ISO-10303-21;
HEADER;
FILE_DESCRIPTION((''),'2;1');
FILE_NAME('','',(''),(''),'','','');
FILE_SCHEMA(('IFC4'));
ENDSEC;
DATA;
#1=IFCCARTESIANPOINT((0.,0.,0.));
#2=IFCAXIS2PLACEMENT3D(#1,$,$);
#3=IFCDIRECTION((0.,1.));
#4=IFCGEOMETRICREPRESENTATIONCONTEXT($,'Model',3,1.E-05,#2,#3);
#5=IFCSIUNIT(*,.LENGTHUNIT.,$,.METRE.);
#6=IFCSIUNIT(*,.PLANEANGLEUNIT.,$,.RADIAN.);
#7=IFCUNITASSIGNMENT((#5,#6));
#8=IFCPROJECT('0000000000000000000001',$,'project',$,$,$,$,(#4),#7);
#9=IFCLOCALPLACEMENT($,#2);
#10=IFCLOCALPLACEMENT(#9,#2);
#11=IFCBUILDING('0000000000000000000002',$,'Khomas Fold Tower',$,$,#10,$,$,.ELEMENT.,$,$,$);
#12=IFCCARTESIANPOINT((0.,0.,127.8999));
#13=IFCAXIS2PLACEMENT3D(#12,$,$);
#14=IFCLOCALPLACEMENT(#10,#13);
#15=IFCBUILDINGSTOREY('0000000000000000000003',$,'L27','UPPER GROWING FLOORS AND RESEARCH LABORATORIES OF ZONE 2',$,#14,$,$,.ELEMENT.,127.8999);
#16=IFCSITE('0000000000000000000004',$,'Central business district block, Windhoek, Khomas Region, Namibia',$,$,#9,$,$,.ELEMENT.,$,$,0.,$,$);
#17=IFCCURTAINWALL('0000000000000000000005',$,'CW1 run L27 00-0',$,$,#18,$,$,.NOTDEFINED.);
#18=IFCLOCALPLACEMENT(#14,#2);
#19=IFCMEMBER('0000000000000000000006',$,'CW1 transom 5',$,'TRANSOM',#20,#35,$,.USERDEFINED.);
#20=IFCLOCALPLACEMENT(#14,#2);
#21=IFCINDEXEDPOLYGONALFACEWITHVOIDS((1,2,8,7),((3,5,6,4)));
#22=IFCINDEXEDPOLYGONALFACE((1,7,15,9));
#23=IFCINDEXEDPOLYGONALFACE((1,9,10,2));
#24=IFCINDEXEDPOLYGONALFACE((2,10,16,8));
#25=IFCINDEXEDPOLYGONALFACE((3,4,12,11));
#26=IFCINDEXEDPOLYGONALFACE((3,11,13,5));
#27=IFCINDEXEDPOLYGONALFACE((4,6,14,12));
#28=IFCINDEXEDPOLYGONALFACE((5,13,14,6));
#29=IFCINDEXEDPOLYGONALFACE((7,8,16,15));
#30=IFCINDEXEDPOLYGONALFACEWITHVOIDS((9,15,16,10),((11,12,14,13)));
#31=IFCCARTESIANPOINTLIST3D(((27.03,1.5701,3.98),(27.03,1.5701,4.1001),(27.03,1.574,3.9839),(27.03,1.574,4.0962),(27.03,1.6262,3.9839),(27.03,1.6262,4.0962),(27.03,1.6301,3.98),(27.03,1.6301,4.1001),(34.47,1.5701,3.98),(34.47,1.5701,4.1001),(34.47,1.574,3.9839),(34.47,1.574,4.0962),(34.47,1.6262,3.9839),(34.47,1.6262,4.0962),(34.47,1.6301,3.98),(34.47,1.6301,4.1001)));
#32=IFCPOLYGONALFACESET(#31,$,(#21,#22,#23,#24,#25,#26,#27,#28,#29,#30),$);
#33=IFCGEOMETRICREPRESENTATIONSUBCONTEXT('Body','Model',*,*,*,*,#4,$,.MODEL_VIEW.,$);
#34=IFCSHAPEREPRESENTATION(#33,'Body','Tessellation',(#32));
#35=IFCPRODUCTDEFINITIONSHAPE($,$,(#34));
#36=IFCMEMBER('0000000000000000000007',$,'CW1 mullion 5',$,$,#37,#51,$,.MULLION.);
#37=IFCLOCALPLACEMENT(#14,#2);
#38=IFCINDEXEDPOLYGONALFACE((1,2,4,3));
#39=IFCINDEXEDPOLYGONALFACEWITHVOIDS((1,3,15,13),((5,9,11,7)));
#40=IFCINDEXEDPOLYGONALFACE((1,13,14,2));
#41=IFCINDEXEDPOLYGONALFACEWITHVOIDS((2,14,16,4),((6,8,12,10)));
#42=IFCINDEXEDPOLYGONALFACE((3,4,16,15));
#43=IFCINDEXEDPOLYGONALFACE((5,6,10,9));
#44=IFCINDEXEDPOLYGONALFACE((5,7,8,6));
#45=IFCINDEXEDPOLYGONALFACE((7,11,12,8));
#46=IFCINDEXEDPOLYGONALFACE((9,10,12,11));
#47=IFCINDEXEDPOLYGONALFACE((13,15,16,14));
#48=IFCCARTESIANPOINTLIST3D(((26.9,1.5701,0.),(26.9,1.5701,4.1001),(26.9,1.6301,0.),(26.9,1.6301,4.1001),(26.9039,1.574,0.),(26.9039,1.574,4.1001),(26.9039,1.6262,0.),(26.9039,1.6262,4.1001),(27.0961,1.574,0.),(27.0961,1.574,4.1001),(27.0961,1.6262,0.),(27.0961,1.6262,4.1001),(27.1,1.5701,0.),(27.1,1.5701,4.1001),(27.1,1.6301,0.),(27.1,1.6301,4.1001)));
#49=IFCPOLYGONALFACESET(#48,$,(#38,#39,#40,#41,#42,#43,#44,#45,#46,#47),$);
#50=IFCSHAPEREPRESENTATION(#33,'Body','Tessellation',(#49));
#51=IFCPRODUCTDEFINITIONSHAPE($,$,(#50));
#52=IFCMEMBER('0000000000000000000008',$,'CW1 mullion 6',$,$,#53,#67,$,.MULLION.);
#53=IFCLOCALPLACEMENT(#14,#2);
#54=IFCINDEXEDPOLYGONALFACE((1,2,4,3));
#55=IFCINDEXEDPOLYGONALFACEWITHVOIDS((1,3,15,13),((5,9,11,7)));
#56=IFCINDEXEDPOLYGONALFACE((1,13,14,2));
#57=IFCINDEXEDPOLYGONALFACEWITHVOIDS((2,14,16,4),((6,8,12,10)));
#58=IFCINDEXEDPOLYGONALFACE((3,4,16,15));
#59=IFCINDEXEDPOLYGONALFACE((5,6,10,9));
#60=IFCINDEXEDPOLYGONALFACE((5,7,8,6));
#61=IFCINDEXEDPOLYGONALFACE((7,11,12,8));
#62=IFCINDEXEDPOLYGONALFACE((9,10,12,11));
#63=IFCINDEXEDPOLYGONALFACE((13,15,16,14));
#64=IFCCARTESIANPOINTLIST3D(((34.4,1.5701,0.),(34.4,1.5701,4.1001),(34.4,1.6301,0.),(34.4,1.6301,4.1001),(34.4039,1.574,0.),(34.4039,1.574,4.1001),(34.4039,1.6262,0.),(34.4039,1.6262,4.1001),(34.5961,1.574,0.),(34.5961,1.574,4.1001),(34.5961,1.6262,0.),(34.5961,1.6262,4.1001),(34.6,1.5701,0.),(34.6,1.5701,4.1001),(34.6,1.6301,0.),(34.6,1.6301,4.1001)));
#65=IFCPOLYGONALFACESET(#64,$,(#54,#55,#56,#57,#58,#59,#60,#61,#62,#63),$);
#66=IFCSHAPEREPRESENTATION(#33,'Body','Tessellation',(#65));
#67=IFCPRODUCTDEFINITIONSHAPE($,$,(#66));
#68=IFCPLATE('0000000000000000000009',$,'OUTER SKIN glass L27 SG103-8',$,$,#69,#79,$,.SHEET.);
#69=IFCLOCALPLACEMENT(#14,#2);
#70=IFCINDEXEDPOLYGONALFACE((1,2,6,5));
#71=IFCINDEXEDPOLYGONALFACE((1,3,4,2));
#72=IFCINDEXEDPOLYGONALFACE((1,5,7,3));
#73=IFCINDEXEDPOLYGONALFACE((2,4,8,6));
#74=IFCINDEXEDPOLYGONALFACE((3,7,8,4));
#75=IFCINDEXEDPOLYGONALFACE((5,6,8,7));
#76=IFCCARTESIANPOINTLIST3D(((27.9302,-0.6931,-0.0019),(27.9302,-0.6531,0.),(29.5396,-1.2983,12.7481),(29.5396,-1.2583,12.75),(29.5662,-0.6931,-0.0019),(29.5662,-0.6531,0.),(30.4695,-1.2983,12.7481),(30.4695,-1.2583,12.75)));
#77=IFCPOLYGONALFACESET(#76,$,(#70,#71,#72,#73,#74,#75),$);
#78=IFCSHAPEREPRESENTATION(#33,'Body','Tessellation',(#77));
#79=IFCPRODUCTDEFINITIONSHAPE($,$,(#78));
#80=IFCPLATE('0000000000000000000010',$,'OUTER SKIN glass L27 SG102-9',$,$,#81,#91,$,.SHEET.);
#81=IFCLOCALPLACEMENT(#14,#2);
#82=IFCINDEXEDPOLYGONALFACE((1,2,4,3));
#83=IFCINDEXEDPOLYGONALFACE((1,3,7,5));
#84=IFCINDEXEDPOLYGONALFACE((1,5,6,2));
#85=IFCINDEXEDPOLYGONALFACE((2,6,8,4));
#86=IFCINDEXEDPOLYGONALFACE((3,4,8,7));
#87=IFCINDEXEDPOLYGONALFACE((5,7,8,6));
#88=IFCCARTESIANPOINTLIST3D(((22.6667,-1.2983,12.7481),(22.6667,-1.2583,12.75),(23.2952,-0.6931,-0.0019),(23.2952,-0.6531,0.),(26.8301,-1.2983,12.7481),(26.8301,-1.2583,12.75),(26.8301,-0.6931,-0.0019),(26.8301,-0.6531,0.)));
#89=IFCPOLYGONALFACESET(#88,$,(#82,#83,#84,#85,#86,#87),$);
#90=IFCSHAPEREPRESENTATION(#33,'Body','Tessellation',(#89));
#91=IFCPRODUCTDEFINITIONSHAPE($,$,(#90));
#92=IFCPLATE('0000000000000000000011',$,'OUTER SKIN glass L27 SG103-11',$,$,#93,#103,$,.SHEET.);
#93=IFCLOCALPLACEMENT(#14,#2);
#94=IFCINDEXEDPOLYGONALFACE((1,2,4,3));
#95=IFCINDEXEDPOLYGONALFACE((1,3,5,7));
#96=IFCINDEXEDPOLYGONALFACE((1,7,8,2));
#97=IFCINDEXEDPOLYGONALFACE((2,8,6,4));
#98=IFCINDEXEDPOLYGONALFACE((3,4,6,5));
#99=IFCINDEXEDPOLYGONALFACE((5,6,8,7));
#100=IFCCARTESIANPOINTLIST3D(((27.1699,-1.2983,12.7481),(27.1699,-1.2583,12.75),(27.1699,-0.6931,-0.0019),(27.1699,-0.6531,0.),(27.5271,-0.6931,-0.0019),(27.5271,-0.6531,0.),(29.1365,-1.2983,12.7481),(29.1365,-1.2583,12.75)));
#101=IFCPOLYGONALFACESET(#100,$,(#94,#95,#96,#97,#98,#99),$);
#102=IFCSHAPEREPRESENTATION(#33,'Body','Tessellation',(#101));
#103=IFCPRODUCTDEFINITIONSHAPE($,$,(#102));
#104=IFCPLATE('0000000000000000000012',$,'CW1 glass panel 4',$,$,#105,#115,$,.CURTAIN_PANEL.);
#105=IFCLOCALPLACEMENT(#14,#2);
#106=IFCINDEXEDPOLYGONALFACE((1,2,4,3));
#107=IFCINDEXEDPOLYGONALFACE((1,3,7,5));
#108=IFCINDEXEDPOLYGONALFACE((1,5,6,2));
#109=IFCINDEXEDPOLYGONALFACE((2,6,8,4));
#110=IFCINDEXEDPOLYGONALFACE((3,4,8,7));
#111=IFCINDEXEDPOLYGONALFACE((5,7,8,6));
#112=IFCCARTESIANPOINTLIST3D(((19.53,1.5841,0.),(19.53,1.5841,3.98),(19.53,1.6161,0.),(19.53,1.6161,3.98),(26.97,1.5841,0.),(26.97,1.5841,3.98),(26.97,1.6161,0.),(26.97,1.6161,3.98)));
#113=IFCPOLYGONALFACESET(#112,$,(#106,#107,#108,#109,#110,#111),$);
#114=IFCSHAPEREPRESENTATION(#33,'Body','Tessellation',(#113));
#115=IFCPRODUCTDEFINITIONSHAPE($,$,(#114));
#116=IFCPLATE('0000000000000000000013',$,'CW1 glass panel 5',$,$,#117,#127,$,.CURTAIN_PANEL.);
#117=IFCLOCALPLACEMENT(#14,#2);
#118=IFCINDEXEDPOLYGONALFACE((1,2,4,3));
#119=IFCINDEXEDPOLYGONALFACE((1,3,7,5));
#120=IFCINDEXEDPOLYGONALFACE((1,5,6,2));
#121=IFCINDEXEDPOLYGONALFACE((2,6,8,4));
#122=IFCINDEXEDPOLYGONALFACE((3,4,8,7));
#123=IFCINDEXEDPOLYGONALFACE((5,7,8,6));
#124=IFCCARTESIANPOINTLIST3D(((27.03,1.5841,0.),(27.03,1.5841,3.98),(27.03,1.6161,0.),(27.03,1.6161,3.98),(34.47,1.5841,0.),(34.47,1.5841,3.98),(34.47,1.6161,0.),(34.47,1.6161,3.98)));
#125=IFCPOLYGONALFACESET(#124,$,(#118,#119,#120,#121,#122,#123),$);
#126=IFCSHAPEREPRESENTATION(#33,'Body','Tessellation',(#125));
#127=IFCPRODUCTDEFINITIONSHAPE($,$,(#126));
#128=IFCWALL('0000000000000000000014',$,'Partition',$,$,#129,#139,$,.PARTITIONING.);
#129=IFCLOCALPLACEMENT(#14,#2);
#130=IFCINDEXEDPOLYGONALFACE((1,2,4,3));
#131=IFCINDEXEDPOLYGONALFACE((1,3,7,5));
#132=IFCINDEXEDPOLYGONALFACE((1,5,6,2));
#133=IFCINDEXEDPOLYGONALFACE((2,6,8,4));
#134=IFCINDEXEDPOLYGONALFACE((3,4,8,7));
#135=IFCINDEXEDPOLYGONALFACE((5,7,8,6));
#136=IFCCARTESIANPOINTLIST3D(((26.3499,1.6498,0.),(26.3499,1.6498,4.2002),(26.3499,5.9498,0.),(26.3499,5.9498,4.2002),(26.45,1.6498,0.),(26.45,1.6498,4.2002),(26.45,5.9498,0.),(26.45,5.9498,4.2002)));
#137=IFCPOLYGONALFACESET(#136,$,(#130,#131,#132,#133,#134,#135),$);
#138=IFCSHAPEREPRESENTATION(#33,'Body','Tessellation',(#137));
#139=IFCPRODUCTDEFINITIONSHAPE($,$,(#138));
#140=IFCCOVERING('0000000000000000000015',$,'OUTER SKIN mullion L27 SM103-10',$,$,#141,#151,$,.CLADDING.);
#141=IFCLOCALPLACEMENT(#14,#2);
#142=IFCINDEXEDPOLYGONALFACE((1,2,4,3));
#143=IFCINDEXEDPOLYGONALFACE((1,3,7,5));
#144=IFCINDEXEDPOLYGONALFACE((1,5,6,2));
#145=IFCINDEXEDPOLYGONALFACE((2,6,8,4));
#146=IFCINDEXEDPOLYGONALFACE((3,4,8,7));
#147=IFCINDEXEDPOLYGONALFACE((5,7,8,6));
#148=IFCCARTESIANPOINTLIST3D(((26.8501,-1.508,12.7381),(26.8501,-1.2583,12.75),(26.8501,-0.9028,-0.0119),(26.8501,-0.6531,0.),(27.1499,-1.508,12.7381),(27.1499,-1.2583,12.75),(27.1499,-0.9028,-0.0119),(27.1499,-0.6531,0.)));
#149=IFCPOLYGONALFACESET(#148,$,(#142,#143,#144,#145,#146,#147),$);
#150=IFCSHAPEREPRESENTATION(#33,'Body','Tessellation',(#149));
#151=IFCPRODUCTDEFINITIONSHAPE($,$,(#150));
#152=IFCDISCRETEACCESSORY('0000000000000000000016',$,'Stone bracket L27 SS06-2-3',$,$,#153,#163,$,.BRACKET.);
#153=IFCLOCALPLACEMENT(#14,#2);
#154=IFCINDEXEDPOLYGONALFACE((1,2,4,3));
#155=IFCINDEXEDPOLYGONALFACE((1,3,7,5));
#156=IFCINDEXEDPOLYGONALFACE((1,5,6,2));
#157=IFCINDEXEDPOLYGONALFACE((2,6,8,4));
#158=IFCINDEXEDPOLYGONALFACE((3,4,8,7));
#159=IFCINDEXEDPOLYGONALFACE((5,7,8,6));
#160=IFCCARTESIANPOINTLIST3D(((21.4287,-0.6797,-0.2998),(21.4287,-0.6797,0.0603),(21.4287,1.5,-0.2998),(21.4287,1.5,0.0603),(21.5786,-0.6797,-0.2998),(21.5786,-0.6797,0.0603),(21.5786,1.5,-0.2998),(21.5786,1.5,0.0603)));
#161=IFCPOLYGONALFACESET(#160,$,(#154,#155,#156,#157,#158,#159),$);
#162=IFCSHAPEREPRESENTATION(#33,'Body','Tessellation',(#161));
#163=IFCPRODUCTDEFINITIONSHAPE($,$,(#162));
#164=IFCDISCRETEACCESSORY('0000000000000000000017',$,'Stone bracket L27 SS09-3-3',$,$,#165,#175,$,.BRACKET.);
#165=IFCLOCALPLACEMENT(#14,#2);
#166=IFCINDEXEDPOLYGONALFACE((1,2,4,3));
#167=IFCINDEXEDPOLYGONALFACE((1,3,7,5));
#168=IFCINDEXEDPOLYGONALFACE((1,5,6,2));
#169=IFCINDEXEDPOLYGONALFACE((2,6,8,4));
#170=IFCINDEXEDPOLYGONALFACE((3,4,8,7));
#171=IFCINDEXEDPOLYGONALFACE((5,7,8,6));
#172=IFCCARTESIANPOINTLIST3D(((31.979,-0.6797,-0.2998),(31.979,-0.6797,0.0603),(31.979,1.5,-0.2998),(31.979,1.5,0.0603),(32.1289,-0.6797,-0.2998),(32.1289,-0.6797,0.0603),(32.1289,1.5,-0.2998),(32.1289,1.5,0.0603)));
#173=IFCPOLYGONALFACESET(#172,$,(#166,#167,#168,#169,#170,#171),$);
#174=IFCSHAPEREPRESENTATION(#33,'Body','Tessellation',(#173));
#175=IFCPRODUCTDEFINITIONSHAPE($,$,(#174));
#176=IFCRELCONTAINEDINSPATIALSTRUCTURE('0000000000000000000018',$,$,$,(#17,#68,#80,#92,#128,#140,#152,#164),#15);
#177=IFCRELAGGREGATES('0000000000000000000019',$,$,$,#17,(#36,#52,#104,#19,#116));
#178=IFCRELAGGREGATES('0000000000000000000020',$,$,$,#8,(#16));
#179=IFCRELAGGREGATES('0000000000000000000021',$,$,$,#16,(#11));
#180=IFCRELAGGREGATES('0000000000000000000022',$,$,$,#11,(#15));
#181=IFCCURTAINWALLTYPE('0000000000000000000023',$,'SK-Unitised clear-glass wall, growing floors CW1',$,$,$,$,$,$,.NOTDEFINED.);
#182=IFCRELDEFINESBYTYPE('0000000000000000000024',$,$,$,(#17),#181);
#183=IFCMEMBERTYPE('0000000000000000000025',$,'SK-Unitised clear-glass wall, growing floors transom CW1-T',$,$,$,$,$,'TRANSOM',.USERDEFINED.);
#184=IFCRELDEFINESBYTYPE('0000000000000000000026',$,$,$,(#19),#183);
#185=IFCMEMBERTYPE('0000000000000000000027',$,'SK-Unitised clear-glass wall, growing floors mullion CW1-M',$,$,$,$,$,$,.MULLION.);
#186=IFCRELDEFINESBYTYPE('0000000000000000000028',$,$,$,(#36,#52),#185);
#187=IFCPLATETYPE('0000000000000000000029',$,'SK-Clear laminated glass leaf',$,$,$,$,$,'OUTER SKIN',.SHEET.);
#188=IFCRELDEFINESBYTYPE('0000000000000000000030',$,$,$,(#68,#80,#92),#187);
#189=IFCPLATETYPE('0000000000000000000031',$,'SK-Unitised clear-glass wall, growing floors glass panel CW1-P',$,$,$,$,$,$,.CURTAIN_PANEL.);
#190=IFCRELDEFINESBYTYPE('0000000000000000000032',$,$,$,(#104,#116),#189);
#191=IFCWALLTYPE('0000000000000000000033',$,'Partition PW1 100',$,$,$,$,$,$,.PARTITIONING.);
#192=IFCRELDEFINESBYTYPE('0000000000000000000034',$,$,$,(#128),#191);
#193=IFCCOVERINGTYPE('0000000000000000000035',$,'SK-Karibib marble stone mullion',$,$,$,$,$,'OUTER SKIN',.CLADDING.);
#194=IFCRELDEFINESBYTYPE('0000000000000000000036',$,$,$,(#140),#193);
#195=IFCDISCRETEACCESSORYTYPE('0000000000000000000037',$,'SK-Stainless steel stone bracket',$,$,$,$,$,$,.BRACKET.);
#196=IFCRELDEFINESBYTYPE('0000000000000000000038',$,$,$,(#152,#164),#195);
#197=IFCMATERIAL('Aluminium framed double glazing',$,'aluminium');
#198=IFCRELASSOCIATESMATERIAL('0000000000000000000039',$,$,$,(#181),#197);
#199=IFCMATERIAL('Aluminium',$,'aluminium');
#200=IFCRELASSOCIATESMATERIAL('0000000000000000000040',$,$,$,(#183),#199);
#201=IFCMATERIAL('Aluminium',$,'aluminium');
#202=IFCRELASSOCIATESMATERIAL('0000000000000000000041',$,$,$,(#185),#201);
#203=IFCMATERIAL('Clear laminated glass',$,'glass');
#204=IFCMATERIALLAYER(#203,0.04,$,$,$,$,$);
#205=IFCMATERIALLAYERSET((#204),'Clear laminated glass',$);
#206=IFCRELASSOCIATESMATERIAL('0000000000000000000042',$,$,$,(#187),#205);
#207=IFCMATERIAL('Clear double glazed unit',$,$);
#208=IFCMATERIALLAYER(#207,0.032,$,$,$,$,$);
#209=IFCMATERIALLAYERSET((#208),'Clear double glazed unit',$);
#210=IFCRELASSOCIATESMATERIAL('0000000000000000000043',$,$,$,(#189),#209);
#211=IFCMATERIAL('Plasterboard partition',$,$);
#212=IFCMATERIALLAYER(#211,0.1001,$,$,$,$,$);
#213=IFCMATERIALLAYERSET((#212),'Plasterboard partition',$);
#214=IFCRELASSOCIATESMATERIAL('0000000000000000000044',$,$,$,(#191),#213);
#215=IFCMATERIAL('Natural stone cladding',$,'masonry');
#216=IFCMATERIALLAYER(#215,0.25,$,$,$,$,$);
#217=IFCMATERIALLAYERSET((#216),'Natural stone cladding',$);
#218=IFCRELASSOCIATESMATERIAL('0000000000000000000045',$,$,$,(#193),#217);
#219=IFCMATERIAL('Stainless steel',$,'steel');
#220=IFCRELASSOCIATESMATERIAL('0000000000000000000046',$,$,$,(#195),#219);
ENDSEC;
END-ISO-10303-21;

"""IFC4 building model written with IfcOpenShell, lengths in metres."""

from ifc_helpers import new_model, si_unit, direction, frame, frame_2d, origin, origin_2d, place, context, subcontext, project, spatial, polyline, rectangle, hollow_rectangle, outline, extrude, source, transform, mapped, material, layer, layer_set, material_profile, profile_set, type_object, element, aggregate, save


model = new_model("IFC4")

# Units and contexts
model_context = context("Model", 3, precision=1e-05, world=origin(), true_north=direction((0.0, 1.0)))
body_context = subcontext(model_context, "Body", "Model", "MODEL_VIEW")
ifc_project = project(units=[si_unit("LENGTHUNIT", "METRE"), si_unit("PLANEANGLEUNIT", "RADIAN")], contexts=[model_context])

# Site, building, storey
site_placement = place(None, origin())
site = spatial("IfcSite", under=ifc_project, at=site_placement, Name="Central business district block, Windhoek, Khomas Region, Namibia", CompositionType="ELEMENT", RefElevation=0.0)
building_placement = place(site_placement, origin())
building = spatial("IfcBuilding", under=site, at=building_placement, Name="Khomas Fold Tower", CompositionType="ELEMENT")
storey_placement = place(building_placement, frame((0.0, 0.0, 127.8999)))
storey = spatial("IfcBuildingStorey", under=building, at=storey_placement, Name="L27", Description="UPPER GROWING FLOORS AND RESEARCH LABORATORIES OF ZONE 2", CompositionType="ELEMENT", Elevation=127.8999)

# Curtain wall, members
ifc_material_1 = material(Name="Aluminium framed double glazing", Category="aluminium")
curtain_wall_type = type_object("IfcCurtainWallType", Name="SK-Unitised clear-glass wall, growing floors CW1", PredefinedType="NOTDEFINED", material=ifc_material_1)
curtain_wall_placement = place(storey_placement, origin())
curtain_wall = element("IfcCurtainWall", 1, at=curtain_wall_placement, inside=storey, type_object=curtain_wall_type, Name="CW1 run L27 00-0", PredefinedType="NOTDEFINED")
ifc_material_2 = material(Name="Aluminium", Category="aluminium")
ifc_material_profile_1 = material_profile(ifc_material_2, hollow_rectangle(XDim=0.0601, YDim=0.1201, WallThickness=0.0039, at=origin_2d()), Name="SK-Unitised clear-glass wall, growing floors transom CW1-T")
ifc_profile_set_1 = profile_set([ifc_material_profile_1], Name="Aluminium")
member_type_1 = type_object("IfcMemberType", Name="SK-Unitised clear-glass wall, growing floors transom CW1-T", ElementType="TRANSOM", PredefinedType="USERDEFINED", material=ifc_profile_set_1)
shared_shape_1 = source(origin(), body_context, "Body", "SweptSolid", [
    extrude(hollow_rectangle(XDim=0.0601, YDim=0.1201, WallThickness=0.0039, at=origin_2d()), origin(), (0.0, 0.0, 1.0), 7.4399),
])
member_1_placement = place(storey_placement, frame((27.03, 1.6001, 4.04), z_axis=(1.0, 0.0, 0.0), x_axis=(0.0, 1.0, 0.0)))
member_1 = element("IfcMember", 2, at=member_1_placement, type_object=member_type_1, Name="CW1 transom 5", ObjectType="TRANSOM", PredefinedType="USERDEFINED", context=body_context, shape_type="MappedRepresentation", body=[
    mapped(shared_shape_1, transform((0.0, 0.0, 0.0))),
])
ifc_material_3 = material(Name="Aluminium", Category="aluminium")
ifc_material_profile_2 = material_profile(ifc_material_3, hollow_rectangle(XDim=0.0601, YDim=0.2, WallThickness=0.0039, at=origin_2d()), Name="SK-Unitised clear-glass wall, growing floors mullion CW1-M")
ifc_profile_set_2 = profile_set([ifc_material_profile_2], Name="Aluminium")
member_type_2 = type_object("IfcMemberType", Name="SK-Unitised clear-glass wall, growing floors mullion CW1-M", PredefinedType="MULLION", material=ifc_profile_set_2)
shared_shape_2 = source(origin(), body_context, "Body", "SweptSolid", [
    extrude(hollow_rectangle(XDim=0.0601, YDim=0.2, WallThickness=0.0039, at=origin_2d()), origin(), (0.0, 0.0, 1.0), 4.1001),
])
member_2_placement = place(storey_placement, frame((27.0, 1.6001, 0.0), z_axis=(0.0, 0.0, 1.0), x_axis=(0.0, 1.0, 0.0)))
member_2 = element("IfcMember", 3, at=member_2_placement, type_object=member_type_2, Name="CW1 mullion 5", PredefinedType="MULLION", context=body_context, shape_type="MappedRepresentation", body=[
    mapped(shared_shape_2, transform((0.0, 0.0, 0.0))),
])
member_3_placement = place(storey_placement, frame((34.5, 1.6001, 0.0), z_axis=(0.0, 0.0, 1.0), x_axis=(0.0, 1.0, 0.0)))
member_3 = element("IfcMember", 4, at=member_3_placement, type_object=member_type_2, Name="CW1 mullion 6", PredefinedType="MULLION", context=body_context, shape_type="MappedRepresentation", body=[
    mapped(shared_shape_2, transform((0.0, 0.0, 0.0))),
])

# Plates
ifc_material_4 = material(Name="Clear laminated glass", Category="glass")
ifc_layer_1 = layer(ifc_material_4, 0.04)
ifc_layer_set_1 = layer_set([ifc_layer_1], Name="Clear laminated glass")
plate_type_1 = type_object("IfcPlateType", Name="SK-Clear laminated glass leaf", ElementType="OUTER SKIN", PredefinedType="SHEET", material=ifc_layer_set_1)
plate_1_placement = place(storey_placement, frame((29.5662, -0.6531, 0.0), z_axis=(0.0, 0.998875, 0.047415), x_axis=(-1.0, 0.0, 0.0)))
element("IfcPlate", 5, at=plate_1_placement, inside=storey, type_object=plate_type_1, Name="OUTER SKIN glass L27 SG103-8", PredefinedType="SHEET", context=body_context, shape_type="SweptSolid", body=[
    extrude(outline(polyline([(0.0, 0.0), (1.636, 0.0), (0.0266, 12.7644), (-0.9033, 12.7644), (0.0, 0.0)])), origin(), (0.0, 0.0, -1.0), 0.04),
])
plate_2_placement = place(storey_placement, frame((23.2952, -0.6531, 0.0), z_axis=(0.0, 0.998875, 0.047415), x_axis=(-0.049173, -0.047358, 0.997667)))
element("IfcPlate", 6, at=plate_2_placement, inside=storey, type_object=plate_type_1, Name="OUTER SKIN glass L27 SG102-9", PredefinedType="SHEET", context=body_context, shape_type="SweptSolid", body=[
    extrude(outline(polyline([(0.0, 0.0), (12.7798, 0.0), (12.5751, 4.1583), (-0.1738, 3.5306), (0.0, 0.0)])), origin(), (0.0, 0.0, -1.0), 0.04),
])
plate_3_placement = place(storey_placement, frame((27.5271, -0.6531, 0.0), z_axis=(0.0, 0.998875, 0.047415), x_axis=(-1.0, 0.0, 0.0)))
element("IfcPlate", 7, at=plate_3_placement, inside=storey, type_object=plate_type_1, Name="OUTER SKIN glass L27 SG103-11", PredefinedType="SHEET", context=body_context, shape_type="SweptSolid", body=[
    extrude(outline(polyline([(0.0, 0.0), (0.3572, 0.0), (0.3572, 12.7644), (-1.6094, 12.7644), (0.0, 0.0)])), origin(), (0.0, 0.0, -1.0), 0.04),
])

# Plates
ifc_material_5 = material(Name="Clear double glazed unit")
ifc_layer_2 = layer(ifc_material_5, 0.032)
ifc_layer_set_2 = layer_set([ifc_layer_2], Name="Clear double glazed unit")
plate_type_2 = type_object("IfcPlateType", Name="SK-Unitised clear-glass wall, growing floors glass panel CW1-P", PredefinedType="CURTAIN_PANEL", material=ifc_layer_set_2)
shared_shape_3 = source(origin(), body_context, "Body", "SweptSolid", [
    extrude(rectangle(XDim=7.4399, YDim=0.032, at=origin_2d()), origin(), (0.0, 0.0, 1.0), 3.98),
])
plate_4_placement = place(storey_placement, frame((23.25, 1.6001, 0.0), z_axis=(0.0, 0.0, 1.0), x_axis=(1.0, 0.0, 0.0)))
plate_4 = element("IfcPlate", 8, at=plate_4_placement, type_object=plate_type_2, Name="CW1 glass panel 4", PredefinedType="CURTAIN_PANEL", context=body_context, shape_type="MappedRepresentation", body=[
    mapped(shared_shape_3, transform((0.0, 0.0, 0.0))),
])
plate_5_placement = place(storey_placement, frame((30.75, 1.6001, 0.0), z_axis=(0.0, 0.0, 1.0), x_axis=(1.0, 0.0, 0.0)))
plate_5 = element("IfcPlate", 9, at=plate_5_placement, type_object=plate_type_2, Name="CW1 glass panel 5", PredefinedType="CURTAIN_PANEL", context=body_context, shape_type="MappedRepresentation", body=[
    mapped(shared_shape_3, transform((0.0, 0.0, 0.0))),
])
aggregate(curtain_wall, [member_2, member_3, plate_4, member_1, plate_5])

# Wall
ifc_material_6 = material(Name="Plasterboard partition")
ifc_layer_3 = layer(ifc_material_6, 0.1001)
ifc_layer_set_3 = layer_set([ifc_layer_3], Name="Plasterboard partition")
wall_type = type_object("IfcWallType", Name="Partition PW1 100", PredefinedType="PARTITIONING", material=ifc_layer_set_3)
shared_shape_4 = source(origin(), body_context, "Body", "SweptSolid", [
    extrude(rectangle(XDim=4.3, YDim=0.1001, at=frame_2d((2.1499, 0.0))), origin(), (0.0, 0.0, 1.0), 4.2002),
])
wall_placement = place(storey_placement, frame((26.3999, 1.6499, 0.0), z_axis=(0.0, 0.0, 1.0), x_axis=(0.0, 1.0, 0.0)))
element("IfcWall", 10, at=wall_placement, inside=storey, type_object=wall_type, Name="Partition", PredefinedType="PARTITIONING", context=body_context, shape_type="MappedRepresentation", body=[
    mapped(shared_shape_4, transform((0.0, 0.0, 0.0))),
])

# Covering
ifc_material_7 = material(Name="Natural stone cladding", Category="masonry")
ifc_layer_4 = layer(ifc_material_7, 0.25)
ifc_layer_set_4 = layer_set([ifc_layer_4], Name="Natural stone cladding")
covering_type = type_object("IfcCoveringType", Name="SK-Karibib marble stone mullion", ElementType="OUTER SKIN", PredefinedType="CLADDING", material=ifc_layer_set_4)
covering_placement = place(storey_placement, frame((26.8501, -0.6531, 0.0), z_axis=(0.0, 0.998875, 0.047415), x_axis=(0.0, -0.047415, 0.998875)))
element("IfcCovering", 11, at=covering_placement, inside=storey, type_object=covering_type, Name="OUTER SKIN mullion L27 SM103-10", PredefinedType="CLADDING", context=body_context, shape_type="SweptSolid", body=[
    extrude(outline(polyline([(0.0, 0.0), (12.7644, 0.0), (12.7644, 0.2998), (0.0, 0.2998), (0.0, 0.0)])), origin(), (0.0, 0.0, -1.0), 0.25),
])

# Discrete accessories
ifc_material_8 = material(Name="Stainless steel", Category="steel")
discrete_accessory_type = type_object("IfcDiscreteAccessoryType", Name="SK-Stainless steel stone bracket", PredefinedType="BRACKET", material=ifc_material_8)
shared_shape_5 = source(origin(), body_context, "Body", "SweptSolid", [
    extrude(rectangle(XDim=2.1797, YDim=0.1499, at=origin_2d()), origin(), (0.0, 0.0, 1.0), 0.3601),
])
for number, where, z_axis, x_axis, name in (
    (12, (21.5037, 0.4102, -0.2998), (0.0, 0.0, 1.0), (0.0, -1.0, 0.0), "Stone bracket L27 SS06-2-3"),
    (13, (32.054, 0.4102, -0.2998), (0.0, 0.0, 1.0), (0.0, -1.0, 0.0), "Stone bracket L27 SS09-3-3"),
):
    element("IfcDiscreteAccessory", number, at=place(storey_placement, frame(where, z_axis=z_axis, x_axis=x_axis)), inside=storey, type_object=discrete_accessory_type, Name=name, PredefinedType="BRACKET", context=body_context, shape_type="MappedRepresentation", body=[
        mapped(shared_shape_5, transform((0.0, 0.0, 0.0))),
    ])

save(model, "model.ifc")
